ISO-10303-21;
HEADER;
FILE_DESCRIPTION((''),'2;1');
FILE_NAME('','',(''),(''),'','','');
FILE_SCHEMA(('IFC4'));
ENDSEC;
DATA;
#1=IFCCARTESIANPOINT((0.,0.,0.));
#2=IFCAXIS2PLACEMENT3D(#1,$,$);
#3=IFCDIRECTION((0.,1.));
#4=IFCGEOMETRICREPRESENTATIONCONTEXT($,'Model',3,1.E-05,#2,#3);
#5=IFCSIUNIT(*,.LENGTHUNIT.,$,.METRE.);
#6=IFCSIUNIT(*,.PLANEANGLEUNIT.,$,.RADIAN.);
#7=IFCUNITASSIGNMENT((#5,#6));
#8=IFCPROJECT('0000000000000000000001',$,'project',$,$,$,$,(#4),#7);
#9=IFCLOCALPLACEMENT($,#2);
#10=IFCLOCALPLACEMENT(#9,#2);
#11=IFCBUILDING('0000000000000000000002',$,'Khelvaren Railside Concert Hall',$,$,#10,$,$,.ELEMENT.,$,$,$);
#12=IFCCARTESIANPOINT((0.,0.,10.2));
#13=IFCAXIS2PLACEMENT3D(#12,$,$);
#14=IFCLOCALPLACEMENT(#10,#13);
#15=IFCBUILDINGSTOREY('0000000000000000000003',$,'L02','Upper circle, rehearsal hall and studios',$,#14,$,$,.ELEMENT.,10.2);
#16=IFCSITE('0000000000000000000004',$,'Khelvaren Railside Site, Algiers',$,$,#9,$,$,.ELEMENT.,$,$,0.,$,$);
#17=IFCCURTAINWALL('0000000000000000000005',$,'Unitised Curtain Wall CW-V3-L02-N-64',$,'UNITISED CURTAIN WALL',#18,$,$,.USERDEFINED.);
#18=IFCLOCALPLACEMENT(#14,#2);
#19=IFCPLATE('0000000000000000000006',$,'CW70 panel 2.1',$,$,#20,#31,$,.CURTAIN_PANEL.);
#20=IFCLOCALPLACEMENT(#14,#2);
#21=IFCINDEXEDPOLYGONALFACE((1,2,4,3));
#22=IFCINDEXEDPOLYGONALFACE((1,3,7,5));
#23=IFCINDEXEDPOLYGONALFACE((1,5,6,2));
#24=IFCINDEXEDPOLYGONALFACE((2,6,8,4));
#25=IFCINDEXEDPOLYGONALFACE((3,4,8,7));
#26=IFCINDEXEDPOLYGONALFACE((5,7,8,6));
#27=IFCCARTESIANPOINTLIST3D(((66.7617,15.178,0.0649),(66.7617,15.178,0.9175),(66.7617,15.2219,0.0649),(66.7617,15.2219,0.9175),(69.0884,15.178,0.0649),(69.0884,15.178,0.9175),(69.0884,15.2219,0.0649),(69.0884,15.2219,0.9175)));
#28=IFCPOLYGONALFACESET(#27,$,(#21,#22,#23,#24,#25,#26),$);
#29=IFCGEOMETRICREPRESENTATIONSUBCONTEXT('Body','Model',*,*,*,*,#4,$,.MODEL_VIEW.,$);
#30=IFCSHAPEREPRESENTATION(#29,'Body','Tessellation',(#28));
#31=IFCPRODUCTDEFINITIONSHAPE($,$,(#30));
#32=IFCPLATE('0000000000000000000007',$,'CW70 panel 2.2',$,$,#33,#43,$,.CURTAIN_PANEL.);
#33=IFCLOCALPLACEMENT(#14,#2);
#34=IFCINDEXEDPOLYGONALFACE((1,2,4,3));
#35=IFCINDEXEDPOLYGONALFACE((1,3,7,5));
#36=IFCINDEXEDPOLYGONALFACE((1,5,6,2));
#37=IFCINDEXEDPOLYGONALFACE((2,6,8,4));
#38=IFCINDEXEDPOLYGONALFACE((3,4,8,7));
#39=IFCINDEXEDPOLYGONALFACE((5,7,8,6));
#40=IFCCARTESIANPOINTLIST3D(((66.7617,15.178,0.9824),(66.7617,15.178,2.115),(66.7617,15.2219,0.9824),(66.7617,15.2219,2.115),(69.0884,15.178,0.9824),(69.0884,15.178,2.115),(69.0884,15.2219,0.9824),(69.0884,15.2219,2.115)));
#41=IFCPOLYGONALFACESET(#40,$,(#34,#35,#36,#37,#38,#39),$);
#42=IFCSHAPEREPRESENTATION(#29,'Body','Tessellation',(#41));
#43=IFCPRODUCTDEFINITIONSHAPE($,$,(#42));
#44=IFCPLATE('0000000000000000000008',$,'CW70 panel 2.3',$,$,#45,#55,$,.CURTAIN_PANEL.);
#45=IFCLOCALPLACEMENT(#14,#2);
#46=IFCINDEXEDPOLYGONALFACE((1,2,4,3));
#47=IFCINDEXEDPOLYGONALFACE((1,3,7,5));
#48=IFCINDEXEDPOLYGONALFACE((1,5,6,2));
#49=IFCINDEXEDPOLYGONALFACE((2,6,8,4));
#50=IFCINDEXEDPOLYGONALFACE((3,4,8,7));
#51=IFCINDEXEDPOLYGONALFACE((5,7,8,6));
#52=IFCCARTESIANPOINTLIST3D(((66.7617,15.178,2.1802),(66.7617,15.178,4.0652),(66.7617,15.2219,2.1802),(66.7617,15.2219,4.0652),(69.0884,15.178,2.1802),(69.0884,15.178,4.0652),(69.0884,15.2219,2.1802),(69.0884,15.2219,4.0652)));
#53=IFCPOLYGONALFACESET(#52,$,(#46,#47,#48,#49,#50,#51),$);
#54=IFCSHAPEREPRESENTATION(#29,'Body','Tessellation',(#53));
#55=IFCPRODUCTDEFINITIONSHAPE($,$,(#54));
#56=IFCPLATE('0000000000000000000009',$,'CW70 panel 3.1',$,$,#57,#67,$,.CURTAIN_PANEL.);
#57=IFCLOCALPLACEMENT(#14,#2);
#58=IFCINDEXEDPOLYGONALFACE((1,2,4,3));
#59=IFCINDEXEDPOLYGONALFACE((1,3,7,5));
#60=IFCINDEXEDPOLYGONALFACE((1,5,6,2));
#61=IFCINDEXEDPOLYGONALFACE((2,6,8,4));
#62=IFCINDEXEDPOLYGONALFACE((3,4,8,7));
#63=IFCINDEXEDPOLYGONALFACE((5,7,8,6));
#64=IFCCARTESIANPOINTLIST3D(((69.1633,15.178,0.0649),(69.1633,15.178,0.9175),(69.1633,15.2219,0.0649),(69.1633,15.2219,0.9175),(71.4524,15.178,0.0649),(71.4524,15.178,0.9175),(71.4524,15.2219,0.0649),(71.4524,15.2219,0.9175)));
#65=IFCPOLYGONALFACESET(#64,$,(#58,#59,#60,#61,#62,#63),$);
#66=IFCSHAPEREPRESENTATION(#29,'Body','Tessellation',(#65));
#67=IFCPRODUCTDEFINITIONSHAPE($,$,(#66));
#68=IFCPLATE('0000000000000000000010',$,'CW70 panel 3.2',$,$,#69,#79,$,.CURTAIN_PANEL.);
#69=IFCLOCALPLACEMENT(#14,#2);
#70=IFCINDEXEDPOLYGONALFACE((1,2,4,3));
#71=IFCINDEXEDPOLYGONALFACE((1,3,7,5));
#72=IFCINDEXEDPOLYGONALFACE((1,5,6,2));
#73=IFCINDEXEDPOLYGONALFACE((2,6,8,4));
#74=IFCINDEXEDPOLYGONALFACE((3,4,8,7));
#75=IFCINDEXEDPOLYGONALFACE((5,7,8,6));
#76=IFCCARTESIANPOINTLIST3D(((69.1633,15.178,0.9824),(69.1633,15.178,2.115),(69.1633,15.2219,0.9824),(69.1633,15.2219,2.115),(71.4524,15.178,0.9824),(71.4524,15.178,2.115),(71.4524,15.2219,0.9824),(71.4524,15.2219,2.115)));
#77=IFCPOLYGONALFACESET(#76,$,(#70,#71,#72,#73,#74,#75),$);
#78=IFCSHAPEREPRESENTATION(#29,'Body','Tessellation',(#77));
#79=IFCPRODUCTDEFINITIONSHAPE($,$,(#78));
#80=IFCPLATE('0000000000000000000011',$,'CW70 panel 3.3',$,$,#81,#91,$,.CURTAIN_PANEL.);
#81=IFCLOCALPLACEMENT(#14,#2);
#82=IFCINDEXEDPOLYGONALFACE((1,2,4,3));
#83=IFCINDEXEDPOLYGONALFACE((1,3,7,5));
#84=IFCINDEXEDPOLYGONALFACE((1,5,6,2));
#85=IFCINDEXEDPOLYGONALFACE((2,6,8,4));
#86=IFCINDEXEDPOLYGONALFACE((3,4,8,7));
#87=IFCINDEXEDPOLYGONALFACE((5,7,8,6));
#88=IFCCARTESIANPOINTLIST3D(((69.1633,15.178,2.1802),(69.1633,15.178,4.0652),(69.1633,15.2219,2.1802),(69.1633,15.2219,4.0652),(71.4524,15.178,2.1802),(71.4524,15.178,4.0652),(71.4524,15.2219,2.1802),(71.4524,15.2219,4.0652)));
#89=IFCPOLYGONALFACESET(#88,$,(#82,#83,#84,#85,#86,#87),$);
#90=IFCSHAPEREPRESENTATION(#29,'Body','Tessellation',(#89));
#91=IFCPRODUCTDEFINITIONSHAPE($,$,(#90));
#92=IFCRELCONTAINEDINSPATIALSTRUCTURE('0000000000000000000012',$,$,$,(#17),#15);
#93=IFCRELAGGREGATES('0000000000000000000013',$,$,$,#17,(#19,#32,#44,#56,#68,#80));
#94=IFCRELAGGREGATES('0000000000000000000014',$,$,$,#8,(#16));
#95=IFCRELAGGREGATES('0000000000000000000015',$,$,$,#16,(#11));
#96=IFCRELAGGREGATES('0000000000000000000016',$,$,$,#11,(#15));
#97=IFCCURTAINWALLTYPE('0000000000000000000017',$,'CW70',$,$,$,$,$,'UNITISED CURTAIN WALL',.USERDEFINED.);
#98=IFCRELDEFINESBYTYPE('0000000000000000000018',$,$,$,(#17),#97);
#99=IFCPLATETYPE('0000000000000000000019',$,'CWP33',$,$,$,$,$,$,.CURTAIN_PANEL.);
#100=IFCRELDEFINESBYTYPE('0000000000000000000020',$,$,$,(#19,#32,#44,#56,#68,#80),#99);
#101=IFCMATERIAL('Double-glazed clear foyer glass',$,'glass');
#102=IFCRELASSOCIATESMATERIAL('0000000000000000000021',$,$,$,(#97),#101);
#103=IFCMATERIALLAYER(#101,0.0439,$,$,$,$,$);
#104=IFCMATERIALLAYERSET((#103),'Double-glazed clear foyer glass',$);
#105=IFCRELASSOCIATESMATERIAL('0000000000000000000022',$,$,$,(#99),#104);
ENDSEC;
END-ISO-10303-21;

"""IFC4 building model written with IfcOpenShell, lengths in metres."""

from ifc_helpers import new_model, si_unit, direction, frame, origin, origin_2d, place, context, subcontext, project, spatial, rectangle, extrude, material, layer, layer_set, type_object, element, aggregate, save


model = new_model("IFC4")

# Units and contexts
model_context = context("Model", 3, precision=1e-05, world=origin(), true_north=direction((0.0, 1.0)))
body_context = subcontext(model_context, "Body", "Model", "MODEL_VIEW")
ifc_project = project(units=[si_unit("LENGTHUNIT", "METRE"), si_unit("PLANEANGLEUNIT", "RADIAN")], contexts=[model_context])

# Site, building, storey
site_placement = place(None, origin())
site = spatial("IfcSite", under=ifc_project, at=site_placement, Name="Khelvaren Railside Site, Algiers", CompositionType="ELEMENT", RefElevation=0.0)
building_placement = place(site_placement, origin())
building = spatial("IfcBuilding", under=site, at=building_placement, Name="Khelvaren Railside Concert Hall", CompositionType="ELEMENT")
storey_placement = place(building_placement, frame((0.0, 0.0, 10.2)))
storey = spatial("IfcBuildingStorey", under=building, at=storey_placement, Name="L02", Description="Upper circle, rehearsal hall and studios", CompositionType="ELEMENT", Elevation=10.2)

# Curtain wall
ifc_material_1 = material(Name="Double-glazed clear foyer glass", Category="glass")
curtain_wall_type_1 = type_object("IfcCurtainWallType", Name="CW70", ElementType="UNITISED CURTAIN WALL", PredefinedType="USERDEFINED", material=ifc_material_1)
curtain_wall_1_placement = place(storey_placement, origin())
curtain_wall_1 = element("IfcCurtainWall", 1, at=curtain_wall_1_placement, inside=storey, type_object=curtain_wall_type_1, Name="Unitised Curtain Wall CW-V3-L02-N-64", ObjectType="UNITISED CURTAIN WALL", PredefinedType="USERDEFINED")

# Plates
ifc_layer = layer(ifc_material_1, 0.0439)
ifc_layer_set = layer_set([ifc_layer], Name="Double-glazed clear foyer glass")
plate_type = type_object("IfcPlateType", Name="CWP33", PredefinedType="CURTAIN_PANEL", material=ifc_layer_set)
plate_1_placement = place(storey_placement, frame((67.925, 15.2, 0.0649), z_axis=(0.0, 0.0, 1.0), x_axis=(1.0, 0.0, 0.0)))
plate_1 = element("IfcPlate", 2, at=plate_1_placement, type_object=plate_type, Name="CW70 panel 2.1", PredefinedType="CURTAIN_PANEL", context=body_context, shape_type="SweptSolid", body=[
    extrude(rectangle(XDim=2.3267, YDim=0.0439, at=origin_2d()), origin(), (0.0, 0.0, 1.0), 0.8525),
])
plate_2_placement = place(storey_placement, frame((67.925, 15.2, 0.9824), z_axis=(0.0, 0.0, 1.0), x_axis=(1.0, 0.0, 0.0)))
plate_2 = element("IfcPlate", 3, at=plate_2_placement, type_object=plate_type, Name="CW70 panel 2.2", PredefinedType="CURTAIN_PANEL", context=body_context, shape_type="SweptSolid", body=[
    extrude(rectangle(XDim=2.3267, YDim=0.0439, at=origin_2d()), origin(), (0.0, 0.0, 1.0), 1.1326),
])
plate_3_placement = place(storey_placement, frame((67.925, 15.2, 2.1802), z_axis=(0.0, 0.0, 1.0), x_axis=(1.0, 0.0, 0.0)))
plate_3 = element("IfcPlate", 4, at=plate_3_placement, type_object=plate_type, Name="CW70 panel 2.3", PredefinedType="CURTAIN_PANEL", context=body_context, shape_type="SweptSolid", body=[
    extrude(rectangle(XDim=2.3267, YDim=0.0439, at=origin_2d()), origin(), (0.0, 0.0, 1.0), 1.885),
])
plate_4_placement = place(storey_placement, frame((70.3079, 15.2, 0.0649), z_axis=(0.0, 0.0, 1.0), x_axis=(1.0, 0.0, 0.0)))
plate_4 = element("IfcPlate", 5, at=plate_4_placement, type_object=plate_type, Name="CW70 panel 3.1", PredefinedType="CURTAIN_PANEL", context=body_context, shape_type="SweptSolid", body=[
    extrude(rectangle(XDim=2.2891, YDim=0.0439, at=origin_2d()), origin(), (0.0, 0.0, 1.0), 0.8525),
])
plate_5_placement = place(storey_placement, frame((70.3079, 15.2, 0.9824), z_axis=(0.0, 0.0, 1.0), x_axis=(1.0, 0.0, 0.0)))
plate_5 = element("IfcPlate", 6, at=plate_5_placement, type_object=plate_type, Name="CW70 panel 3.2", PredefinedType="CURTAIN_PANEL", context=body_context, shape_type="SweptSolid", body=[
    extrude(rectangle(XDim=2.2891, YDim=0.0439, at=origin_2d()), origin(), (0.0, 0.0, 1.0), 1.1326),
])
plate_6_placement = place(storey_placement, frame((70.3079, 15.2, 2.1802), z_axis=(0.0, 0.0, 1.0), x_axis=(1.0, 0.0, 0.0)))
plate_6 = element("IfcPlate", 7, at=plate_6_placement, type_object=plate_type, Name="CW70 panel 3.3", PredefinedType="CURTAIN_PANEL", context=body_context, shape_type="SweptSolid", body=[
    extrude(rectangle(XDim=2.2891, YDim=0.0439, at=origin_2d()), origin(), (0.0, 0.0, 1.0), 1.885),
])
aggregate(curtain_wall_1, [plate_1, plate_2, plate_3, plate_4, plate_5, plate_6])

save(model, "model.ifc")
